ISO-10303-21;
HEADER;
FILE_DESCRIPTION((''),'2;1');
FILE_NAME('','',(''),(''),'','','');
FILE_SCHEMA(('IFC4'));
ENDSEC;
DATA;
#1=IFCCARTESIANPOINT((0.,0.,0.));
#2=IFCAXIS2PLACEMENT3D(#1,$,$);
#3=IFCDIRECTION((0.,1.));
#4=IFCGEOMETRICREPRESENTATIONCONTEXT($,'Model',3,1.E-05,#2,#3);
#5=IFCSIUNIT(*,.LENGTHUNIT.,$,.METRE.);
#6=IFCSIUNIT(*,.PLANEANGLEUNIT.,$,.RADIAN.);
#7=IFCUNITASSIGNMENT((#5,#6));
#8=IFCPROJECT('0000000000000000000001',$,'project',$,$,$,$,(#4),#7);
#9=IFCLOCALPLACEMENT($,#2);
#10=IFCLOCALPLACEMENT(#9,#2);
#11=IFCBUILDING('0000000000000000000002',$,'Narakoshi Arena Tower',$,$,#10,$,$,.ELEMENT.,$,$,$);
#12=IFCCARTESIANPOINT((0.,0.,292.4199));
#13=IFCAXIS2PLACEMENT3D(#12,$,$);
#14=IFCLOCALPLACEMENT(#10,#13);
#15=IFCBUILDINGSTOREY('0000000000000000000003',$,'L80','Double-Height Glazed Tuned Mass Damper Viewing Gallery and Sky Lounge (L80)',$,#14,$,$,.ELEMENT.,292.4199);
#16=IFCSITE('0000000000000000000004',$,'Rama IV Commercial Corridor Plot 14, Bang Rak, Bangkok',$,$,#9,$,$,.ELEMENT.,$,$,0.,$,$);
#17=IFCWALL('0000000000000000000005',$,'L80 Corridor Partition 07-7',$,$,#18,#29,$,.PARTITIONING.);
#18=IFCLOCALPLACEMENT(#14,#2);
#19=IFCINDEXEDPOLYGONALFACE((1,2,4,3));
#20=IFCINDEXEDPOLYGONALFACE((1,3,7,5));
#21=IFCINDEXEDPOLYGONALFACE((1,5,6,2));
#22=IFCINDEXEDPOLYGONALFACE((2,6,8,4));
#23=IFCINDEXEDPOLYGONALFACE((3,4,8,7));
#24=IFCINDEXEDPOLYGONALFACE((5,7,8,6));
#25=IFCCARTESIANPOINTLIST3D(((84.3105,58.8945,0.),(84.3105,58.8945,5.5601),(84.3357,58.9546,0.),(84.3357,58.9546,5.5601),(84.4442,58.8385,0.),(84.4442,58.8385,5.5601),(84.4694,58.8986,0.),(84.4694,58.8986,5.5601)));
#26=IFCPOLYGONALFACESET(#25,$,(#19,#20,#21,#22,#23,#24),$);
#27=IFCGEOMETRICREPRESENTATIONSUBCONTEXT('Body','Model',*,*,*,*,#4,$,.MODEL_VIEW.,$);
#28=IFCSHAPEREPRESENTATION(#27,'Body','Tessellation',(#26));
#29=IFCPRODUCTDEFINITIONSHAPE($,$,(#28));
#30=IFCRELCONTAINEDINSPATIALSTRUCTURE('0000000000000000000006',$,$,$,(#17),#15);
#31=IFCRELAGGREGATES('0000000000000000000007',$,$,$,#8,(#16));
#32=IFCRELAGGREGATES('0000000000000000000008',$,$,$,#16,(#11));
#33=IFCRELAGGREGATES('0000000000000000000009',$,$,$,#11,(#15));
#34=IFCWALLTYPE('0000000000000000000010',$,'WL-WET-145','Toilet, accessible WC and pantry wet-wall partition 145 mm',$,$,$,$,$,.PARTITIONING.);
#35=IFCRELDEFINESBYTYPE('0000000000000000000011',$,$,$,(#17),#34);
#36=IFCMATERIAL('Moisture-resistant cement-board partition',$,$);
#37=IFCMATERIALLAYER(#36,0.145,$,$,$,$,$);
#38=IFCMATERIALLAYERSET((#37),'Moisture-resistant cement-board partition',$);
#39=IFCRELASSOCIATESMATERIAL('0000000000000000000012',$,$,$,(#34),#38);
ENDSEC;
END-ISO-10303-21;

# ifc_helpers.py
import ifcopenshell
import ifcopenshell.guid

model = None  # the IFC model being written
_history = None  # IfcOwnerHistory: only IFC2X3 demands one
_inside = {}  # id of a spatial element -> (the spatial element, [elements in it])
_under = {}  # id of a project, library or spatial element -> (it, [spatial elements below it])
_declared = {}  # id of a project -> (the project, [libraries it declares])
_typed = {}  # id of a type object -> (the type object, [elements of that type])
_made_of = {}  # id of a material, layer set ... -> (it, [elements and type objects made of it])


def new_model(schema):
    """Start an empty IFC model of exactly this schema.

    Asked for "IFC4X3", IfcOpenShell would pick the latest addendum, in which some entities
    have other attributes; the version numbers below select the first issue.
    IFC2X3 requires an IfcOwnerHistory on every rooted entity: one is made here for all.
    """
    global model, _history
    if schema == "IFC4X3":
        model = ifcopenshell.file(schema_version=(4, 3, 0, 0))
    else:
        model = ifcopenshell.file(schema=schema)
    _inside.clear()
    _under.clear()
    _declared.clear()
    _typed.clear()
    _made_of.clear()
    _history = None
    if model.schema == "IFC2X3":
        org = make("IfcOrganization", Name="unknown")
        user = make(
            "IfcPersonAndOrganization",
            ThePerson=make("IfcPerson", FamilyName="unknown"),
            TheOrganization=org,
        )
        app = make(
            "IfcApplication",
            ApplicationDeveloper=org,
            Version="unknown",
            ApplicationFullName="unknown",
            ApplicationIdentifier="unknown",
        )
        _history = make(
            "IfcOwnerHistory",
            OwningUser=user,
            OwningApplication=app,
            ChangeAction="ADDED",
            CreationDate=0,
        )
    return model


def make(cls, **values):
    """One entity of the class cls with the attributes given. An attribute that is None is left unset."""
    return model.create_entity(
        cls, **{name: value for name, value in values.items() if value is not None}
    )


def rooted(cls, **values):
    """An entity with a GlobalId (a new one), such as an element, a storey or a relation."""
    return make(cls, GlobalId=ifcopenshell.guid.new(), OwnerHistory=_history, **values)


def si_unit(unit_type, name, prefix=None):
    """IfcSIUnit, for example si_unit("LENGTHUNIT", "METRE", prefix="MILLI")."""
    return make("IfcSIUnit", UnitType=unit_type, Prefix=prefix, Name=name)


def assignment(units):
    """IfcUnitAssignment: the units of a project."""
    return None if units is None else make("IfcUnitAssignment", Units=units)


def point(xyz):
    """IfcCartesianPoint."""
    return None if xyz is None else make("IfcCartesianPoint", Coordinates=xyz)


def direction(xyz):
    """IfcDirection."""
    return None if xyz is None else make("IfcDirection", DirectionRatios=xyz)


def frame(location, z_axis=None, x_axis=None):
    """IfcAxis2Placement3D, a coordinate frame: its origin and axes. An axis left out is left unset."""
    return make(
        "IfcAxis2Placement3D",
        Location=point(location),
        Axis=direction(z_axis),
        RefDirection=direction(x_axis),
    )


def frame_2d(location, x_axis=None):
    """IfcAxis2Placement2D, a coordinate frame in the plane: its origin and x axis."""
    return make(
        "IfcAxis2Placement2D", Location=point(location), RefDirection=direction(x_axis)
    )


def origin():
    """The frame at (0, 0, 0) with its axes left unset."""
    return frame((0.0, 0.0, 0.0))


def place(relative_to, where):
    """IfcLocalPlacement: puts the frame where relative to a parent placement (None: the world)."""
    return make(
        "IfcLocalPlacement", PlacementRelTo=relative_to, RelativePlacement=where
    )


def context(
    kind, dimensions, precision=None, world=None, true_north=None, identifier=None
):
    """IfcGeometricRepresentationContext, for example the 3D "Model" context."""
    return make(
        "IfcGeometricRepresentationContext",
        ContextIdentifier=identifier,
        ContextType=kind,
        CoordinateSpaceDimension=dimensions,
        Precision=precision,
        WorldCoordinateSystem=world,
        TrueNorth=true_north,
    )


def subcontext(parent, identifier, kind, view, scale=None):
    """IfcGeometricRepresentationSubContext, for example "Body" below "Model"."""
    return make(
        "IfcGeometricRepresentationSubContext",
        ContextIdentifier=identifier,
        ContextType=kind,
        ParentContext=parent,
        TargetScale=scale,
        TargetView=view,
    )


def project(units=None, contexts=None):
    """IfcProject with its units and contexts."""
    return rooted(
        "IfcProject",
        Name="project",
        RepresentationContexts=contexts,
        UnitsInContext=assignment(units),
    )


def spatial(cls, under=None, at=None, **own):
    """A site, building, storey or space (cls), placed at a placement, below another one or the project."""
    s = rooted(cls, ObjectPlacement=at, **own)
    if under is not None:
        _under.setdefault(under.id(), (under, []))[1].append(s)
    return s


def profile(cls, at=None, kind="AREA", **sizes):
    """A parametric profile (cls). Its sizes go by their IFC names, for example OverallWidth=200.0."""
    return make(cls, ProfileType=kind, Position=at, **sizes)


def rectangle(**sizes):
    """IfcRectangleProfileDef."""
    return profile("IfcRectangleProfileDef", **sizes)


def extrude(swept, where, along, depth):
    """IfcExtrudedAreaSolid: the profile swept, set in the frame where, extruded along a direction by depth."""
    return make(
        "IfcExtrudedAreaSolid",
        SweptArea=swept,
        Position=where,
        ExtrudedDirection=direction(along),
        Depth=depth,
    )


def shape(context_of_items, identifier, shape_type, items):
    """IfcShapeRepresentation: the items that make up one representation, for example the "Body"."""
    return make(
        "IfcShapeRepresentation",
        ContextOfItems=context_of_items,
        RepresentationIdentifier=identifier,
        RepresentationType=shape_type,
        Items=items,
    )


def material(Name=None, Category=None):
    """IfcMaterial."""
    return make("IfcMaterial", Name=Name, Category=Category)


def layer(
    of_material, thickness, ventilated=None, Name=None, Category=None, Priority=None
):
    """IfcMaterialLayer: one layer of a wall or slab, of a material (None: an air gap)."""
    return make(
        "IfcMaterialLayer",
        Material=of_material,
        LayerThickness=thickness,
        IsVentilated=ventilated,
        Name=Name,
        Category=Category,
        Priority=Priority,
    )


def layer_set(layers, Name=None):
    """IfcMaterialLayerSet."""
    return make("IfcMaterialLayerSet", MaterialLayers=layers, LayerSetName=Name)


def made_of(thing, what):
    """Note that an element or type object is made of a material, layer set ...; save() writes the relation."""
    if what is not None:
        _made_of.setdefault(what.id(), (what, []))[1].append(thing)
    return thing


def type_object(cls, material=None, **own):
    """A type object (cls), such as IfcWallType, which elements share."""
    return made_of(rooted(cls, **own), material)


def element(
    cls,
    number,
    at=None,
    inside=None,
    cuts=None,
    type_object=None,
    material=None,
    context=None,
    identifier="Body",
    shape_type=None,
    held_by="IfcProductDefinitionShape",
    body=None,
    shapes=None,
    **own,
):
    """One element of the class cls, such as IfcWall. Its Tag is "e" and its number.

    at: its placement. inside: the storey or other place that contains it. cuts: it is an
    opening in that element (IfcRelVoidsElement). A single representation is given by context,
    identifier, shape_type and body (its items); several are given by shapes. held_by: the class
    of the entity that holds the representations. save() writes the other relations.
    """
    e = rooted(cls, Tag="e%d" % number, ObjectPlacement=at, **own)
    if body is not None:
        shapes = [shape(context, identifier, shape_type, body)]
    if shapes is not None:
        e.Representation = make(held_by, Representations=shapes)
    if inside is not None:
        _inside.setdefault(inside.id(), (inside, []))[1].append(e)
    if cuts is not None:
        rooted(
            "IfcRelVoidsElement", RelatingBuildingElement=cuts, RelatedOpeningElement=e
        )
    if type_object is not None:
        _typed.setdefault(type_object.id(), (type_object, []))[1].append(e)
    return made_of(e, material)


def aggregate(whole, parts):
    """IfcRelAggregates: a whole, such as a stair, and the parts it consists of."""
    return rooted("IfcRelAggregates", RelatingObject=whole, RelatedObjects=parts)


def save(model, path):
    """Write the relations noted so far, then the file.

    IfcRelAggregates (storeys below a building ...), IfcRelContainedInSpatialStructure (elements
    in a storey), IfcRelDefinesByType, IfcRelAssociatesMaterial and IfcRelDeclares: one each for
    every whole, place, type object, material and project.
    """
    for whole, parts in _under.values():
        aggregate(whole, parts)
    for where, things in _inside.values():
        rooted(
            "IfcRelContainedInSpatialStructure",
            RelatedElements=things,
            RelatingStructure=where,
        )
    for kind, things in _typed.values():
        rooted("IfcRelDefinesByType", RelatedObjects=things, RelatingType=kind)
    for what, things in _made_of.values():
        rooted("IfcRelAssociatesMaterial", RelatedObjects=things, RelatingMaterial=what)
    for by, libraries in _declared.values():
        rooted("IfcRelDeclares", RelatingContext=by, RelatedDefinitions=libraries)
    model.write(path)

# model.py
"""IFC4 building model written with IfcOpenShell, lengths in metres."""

from ifc_helpers import new_model, si_unit, direction, frame, frame_2d, origin, place, context, subcontext, project, spatial, rectangle, extrude, material, layer, layer_set, type_object, element, save


model = new_model("IFC4")

# Units and contexts
model_context = context("Model", 3, precision=1e-05, world=origin(), true_north=direction((0.0, 1.0)))
body_context = subcontext(model_context, "Body", "Model", "MODEL_VIEW")
ifc_project = project(units=[si_unit("LENGTHUNIT", "METRE"), si_unit("PLANEANGLEUNIT", "RADIAN")], contexts=[model_context])

# Site, building, storey
site_placement = place(None, origin())
site = spatial("IfcSite", under=ifc_project, at=site_placement, Name="Rama IV Commercial Corridor Plot 14, Bang Rak, Bangkok", CompositionType="ELEMENT", RefElevation=0.0)
building_placement = place(site_placement, origin())
building = spatial("IfcBuilding", under=site, at=building_placement, Name="Narakoshi Arena Tower", CompositionType="ELEMENT")
storey_placement = place(building_placement, frame((0.0, 0.0, 292.4199)))
storey = spatial("IfcBuildingStorey", under=building, at=storey_placement, Name="L80", Description="Double-Height Glazed Tuned Mass Damper Viewing Gallery and Sky Lounge (L80)", CompositionType="ELEMENT", Elevation=292.4199)

# Wall
ifc_material_1 = material(Name="Moisture-resistant cement-board partition")
ifc_layer_1 = layer(ifc_material_1, 0.145)
ifc_layer_set_1 = layer_set([ifc_layer_1], Name="Moisture-resistant cement-board partition")
wall_type_1 = type_object("IfcWallType", Name="WL-WET-145", Description="Toilet, accessible WC and pantry wet-wall partition 145 mm", PredefinedType="PARTITIONING", material=ifc_layer_set_1)
wall_1_placement = place(storey_placement, frame((84.4026, 58.9268, 0.0), z_axis=(0.0, 0.0, 1.0), x_axis=(-0.386212, -0.92241, 0.0)))
element("IfcWall", 1, at=wall_1_placement, inside=storey, type_object=wall_type_1, Name="L80 Corridor Partition 07-7", PredefinedType="PARTITIONING", context=body_context, shape_type="SweptSolid", body=[
    extrude(rectangle(XDim=0.0652, YDim=0.145, at=frame_2d((0.0327, 0.0))), origin(), (0.0, 0.0, 1.0), 5.5601),
])

save(model, "model.ifc")
